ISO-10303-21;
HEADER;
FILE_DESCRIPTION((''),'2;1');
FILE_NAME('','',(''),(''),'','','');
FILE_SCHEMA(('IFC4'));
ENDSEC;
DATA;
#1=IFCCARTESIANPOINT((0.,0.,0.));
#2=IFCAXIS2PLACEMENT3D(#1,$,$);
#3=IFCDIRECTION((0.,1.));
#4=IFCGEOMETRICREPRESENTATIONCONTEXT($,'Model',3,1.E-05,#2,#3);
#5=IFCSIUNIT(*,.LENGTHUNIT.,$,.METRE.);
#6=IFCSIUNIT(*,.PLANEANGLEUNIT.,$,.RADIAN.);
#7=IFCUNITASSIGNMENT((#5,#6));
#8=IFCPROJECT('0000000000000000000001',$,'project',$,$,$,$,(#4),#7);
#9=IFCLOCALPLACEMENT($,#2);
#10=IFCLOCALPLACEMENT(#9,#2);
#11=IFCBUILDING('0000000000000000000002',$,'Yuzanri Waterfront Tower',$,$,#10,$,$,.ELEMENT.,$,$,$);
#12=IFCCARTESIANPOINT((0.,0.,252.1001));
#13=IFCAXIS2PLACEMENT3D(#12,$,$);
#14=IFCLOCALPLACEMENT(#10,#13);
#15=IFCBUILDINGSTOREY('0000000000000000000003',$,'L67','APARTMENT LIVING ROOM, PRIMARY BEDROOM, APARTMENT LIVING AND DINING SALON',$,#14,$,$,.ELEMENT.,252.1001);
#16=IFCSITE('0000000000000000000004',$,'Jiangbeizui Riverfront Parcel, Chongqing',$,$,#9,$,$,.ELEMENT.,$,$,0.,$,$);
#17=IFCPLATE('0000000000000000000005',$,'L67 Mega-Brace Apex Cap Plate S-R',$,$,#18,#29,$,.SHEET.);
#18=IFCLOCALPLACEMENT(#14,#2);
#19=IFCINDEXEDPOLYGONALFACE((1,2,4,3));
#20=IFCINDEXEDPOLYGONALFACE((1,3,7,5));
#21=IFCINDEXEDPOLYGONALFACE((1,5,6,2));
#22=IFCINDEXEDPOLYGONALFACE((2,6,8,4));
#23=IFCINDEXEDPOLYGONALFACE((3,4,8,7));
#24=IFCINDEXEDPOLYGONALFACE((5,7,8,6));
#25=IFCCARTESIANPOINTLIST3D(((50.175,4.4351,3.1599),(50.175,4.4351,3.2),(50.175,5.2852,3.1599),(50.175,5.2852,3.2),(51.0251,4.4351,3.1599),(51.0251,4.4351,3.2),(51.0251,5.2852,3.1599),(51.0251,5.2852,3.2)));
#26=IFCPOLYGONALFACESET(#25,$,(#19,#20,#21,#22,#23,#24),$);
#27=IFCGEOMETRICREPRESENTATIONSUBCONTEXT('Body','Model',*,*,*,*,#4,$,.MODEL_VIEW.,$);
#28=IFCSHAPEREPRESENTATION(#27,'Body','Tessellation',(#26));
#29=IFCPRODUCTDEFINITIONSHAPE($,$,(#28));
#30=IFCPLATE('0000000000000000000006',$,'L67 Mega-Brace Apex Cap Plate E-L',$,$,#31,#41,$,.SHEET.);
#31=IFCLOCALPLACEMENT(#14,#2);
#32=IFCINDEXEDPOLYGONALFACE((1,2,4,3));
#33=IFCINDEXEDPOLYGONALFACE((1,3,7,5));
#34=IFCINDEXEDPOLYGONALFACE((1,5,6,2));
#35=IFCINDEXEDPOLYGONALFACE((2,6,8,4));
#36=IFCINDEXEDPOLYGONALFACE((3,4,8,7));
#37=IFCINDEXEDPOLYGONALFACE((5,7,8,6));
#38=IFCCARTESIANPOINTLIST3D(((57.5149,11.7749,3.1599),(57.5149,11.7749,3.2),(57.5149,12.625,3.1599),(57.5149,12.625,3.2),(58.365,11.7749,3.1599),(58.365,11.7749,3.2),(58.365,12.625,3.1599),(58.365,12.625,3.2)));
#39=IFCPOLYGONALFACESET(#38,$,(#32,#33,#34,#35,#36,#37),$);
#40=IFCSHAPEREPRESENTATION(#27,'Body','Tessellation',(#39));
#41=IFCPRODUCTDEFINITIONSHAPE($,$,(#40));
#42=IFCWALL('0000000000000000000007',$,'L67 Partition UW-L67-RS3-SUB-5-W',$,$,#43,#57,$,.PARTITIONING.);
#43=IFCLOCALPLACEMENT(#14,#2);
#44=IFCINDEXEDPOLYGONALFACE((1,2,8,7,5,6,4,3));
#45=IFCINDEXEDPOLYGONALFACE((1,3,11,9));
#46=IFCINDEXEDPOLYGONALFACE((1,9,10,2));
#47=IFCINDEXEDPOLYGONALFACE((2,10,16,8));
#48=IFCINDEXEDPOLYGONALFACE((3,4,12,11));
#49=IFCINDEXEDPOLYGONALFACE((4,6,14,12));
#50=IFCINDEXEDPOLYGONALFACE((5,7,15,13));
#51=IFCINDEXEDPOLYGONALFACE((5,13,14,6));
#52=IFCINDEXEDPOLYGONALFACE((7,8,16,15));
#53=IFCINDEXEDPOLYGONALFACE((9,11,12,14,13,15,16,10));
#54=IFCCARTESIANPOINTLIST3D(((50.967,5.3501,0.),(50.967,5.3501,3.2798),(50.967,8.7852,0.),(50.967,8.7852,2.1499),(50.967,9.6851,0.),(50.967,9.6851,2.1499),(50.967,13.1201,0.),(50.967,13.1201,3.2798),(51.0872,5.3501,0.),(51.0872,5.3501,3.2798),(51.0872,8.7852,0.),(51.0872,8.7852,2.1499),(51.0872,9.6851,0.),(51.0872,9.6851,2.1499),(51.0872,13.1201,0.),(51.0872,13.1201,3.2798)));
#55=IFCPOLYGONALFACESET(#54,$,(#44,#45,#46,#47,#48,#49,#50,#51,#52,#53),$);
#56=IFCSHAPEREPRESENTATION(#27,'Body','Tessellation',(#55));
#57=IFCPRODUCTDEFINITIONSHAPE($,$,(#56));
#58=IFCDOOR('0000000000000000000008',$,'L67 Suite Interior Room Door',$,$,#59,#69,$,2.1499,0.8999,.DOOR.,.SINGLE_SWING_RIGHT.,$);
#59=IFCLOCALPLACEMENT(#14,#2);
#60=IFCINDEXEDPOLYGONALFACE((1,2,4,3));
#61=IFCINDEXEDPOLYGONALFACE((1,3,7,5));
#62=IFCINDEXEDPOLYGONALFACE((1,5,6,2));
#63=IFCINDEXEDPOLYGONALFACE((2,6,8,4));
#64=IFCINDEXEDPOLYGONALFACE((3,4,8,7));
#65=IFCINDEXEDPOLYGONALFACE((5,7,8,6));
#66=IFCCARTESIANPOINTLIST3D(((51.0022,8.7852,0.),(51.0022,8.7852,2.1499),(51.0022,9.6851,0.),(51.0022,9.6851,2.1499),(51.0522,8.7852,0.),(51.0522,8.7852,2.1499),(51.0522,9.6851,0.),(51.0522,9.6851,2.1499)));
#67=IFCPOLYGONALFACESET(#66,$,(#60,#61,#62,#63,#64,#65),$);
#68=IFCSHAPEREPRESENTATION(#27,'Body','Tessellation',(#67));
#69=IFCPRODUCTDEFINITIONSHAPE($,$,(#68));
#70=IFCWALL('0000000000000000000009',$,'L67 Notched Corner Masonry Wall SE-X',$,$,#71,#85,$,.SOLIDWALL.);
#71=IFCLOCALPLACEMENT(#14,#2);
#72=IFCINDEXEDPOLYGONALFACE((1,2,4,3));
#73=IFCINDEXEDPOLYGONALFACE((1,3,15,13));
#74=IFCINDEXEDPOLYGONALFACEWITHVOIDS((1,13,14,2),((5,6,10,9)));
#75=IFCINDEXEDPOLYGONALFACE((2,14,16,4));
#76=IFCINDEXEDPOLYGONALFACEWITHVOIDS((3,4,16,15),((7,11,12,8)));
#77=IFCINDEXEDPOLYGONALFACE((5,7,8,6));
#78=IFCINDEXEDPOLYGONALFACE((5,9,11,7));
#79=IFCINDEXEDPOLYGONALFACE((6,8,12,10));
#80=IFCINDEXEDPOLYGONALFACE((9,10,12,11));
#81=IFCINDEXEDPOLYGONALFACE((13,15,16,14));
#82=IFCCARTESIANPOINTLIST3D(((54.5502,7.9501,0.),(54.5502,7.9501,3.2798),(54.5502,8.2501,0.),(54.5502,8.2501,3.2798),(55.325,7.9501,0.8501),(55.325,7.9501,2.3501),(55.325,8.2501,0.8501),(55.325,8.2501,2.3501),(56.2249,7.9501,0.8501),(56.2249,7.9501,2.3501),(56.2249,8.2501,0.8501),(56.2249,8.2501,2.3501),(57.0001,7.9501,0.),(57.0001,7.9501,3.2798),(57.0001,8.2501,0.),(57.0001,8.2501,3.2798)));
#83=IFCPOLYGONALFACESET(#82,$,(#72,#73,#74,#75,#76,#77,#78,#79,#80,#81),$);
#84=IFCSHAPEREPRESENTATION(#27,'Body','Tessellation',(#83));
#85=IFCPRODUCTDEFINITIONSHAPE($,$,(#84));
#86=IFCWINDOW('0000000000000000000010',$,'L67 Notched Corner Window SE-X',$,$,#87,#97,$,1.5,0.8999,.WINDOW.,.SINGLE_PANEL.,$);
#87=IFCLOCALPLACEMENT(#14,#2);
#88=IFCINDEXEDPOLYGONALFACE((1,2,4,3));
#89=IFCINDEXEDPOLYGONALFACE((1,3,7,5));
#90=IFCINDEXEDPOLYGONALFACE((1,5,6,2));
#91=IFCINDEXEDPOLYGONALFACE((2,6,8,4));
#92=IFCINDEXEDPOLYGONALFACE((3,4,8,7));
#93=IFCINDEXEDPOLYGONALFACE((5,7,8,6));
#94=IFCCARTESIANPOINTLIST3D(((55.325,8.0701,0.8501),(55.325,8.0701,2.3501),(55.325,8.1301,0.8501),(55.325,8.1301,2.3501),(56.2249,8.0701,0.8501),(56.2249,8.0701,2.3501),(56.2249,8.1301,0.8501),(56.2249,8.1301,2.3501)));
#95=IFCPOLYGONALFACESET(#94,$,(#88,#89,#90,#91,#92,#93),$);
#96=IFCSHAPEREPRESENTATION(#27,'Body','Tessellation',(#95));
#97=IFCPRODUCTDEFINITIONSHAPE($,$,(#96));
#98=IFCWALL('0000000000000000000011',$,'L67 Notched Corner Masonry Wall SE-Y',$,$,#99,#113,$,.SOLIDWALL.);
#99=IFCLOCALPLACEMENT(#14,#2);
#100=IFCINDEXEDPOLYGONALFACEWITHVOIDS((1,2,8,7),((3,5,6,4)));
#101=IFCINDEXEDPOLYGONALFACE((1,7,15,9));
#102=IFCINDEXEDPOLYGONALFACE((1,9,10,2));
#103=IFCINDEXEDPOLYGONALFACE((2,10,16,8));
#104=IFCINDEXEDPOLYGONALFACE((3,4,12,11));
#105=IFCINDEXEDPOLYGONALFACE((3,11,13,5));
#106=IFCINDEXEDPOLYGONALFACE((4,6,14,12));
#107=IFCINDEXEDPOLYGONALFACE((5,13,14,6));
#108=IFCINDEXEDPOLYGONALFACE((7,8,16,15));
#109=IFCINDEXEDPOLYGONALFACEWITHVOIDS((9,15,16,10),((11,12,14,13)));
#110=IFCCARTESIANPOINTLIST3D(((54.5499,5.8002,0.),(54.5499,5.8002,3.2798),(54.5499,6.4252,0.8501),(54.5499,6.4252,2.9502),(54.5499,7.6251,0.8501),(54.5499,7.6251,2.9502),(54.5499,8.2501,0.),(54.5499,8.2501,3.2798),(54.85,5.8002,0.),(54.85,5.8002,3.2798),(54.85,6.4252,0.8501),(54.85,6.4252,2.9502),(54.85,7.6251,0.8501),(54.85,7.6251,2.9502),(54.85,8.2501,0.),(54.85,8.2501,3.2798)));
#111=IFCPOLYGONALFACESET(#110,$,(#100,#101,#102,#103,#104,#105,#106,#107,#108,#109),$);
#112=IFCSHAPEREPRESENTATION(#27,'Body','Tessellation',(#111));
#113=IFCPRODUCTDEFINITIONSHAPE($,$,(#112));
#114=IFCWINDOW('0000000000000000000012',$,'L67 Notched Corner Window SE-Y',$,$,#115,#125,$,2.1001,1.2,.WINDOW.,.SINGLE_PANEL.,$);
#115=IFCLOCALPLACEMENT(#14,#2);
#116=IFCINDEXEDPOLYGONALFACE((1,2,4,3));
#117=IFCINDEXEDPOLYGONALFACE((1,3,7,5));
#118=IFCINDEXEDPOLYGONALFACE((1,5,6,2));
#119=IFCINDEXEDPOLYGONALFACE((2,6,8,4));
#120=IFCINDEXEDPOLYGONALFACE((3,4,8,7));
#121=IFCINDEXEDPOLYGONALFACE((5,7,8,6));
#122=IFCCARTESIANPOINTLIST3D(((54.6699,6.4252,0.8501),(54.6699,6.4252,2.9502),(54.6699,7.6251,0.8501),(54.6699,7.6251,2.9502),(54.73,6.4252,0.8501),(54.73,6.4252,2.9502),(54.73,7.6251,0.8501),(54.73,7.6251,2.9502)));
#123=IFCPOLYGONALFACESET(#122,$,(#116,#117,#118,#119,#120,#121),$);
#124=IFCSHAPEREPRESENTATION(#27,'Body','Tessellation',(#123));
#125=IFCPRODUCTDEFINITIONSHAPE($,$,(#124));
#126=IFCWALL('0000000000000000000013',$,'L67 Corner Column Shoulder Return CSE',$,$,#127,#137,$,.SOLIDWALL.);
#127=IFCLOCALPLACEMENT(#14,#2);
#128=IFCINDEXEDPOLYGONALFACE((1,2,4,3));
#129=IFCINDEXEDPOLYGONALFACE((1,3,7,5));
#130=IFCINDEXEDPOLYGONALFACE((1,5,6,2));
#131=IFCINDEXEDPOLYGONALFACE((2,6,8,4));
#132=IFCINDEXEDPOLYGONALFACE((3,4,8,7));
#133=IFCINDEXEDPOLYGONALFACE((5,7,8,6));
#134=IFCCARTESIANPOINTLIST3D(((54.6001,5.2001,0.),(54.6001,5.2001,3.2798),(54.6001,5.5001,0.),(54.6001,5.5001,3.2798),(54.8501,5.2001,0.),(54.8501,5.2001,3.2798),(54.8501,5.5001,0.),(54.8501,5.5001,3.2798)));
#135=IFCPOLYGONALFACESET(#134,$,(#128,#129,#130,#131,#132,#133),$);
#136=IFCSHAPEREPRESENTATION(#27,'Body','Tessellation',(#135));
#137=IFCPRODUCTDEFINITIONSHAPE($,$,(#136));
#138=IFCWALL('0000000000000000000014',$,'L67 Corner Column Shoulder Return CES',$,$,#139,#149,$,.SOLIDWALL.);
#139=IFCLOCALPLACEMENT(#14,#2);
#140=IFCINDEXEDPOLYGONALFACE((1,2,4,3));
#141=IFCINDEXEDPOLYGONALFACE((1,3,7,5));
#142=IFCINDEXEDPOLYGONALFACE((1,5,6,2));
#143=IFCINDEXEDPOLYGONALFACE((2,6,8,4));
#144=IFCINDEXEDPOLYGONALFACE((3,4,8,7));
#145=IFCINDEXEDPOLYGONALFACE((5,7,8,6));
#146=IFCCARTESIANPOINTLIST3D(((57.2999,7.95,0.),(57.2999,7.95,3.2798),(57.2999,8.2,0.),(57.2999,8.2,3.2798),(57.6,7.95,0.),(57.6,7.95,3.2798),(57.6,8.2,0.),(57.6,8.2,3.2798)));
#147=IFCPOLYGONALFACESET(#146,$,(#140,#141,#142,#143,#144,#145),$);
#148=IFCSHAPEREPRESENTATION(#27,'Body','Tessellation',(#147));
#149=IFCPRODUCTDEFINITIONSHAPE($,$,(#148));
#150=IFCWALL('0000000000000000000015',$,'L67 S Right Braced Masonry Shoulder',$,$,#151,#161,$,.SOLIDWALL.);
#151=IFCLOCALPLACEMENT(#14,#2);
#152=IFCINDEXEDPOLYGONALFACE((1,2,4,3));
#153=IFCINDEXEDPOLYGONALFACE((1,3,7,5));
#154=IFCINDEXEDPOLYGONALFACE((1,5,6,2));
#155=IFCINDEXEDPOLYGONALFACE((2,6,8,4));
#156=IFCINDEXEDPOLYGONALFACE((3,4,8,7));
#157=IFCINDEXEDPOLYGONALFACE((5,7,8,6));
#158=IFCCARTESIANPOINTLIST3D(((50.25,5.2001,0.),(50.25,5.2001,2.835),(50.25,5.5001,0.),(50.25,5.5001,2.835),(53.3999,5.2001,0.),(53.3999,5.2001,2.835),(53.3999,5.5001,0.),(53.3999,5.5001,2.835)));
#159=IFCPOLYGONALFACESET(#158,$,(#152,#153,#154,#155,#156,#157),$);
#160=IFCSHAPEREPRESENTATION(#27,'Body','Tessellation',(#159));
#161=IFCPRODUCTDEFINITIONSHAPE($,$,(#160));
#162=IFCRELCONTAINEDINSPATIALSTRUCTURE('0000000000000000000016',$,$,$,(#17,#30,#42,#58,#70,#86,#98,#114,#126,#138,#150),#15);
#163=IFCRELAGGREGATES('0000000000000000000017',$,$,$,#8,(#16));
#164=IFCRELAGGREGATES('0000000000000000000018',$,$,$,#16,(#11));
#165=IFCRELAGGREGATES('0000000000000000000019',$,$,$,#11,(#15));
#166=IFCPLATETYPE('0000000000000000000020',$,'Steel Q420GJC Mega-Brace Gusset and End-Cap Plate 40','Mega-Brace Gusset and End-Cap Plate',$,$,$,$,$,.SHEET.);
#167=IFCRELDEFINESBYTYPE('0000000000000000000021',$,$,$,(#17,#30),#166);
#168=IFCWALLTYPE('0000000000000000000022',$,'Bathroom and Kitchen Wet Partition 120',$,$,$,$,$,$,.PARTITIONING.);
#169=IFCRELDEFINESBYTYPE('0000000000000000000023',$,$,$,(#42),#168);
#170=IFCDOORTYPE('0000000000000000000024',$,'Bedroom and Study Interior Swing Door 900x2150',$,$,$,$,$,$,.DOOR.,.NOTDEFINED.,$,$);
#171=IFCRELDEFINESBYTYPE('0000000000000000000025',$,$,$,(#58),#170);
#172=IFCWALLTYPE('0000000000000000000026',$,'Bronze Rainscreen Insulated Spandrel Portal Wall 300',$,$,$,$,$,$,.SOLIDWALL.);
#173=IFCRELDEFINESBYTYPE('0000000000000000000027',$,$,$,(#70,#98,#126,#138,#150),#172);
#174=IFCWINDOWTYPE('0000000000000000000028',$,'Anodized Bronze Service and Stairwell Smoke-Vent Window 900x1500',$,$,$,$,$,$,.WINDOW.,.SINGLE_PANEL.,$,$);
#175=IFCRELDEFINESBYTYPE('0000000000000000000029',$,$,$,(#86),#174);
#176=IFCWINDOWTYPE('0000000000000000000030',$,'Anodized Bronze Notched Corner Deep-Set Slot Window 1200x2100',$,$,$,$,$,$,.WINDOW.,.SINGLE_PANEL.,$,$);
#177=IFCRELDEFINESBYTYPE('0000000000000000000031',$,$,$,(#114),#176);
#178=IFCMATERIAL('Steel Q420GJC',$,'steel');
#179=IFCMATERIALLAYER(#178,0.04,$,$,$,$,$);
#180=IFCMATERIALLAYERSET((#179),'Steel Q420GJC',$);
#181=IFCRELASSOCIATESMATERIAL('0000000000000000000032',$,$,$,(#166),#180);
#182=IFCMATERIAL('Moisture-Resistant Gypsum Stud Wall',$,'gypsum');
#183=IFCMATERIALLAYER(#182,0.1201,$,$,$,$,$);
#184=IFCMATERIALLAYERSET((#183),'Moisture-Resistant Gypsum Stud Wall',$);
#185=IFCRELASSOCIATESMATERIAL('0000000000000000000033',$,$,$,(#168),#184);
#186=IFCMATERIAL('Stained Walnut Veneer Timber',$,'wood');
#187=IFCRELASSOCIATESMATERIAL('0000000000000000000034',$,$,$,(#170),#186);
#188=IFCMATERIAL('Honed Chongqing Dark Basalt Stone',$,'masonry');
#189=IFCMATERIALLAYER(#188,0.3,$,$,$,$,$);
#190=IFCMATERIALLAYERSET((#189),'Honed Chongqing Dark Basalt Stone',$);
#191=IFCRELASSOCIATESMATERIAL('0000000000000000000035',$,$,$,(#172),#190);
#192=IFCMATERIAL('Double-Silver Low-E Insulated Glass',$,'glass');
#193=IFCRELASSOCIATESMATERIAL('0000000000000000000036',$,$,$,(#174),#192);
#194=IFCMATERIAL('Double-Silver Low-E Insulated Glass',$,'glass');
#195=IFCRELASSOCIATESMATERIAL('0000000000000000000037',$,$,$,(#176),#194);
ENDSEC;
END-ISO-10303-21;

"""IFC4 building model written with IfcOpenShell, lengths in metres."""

from ifc_helpers import new_model, si_unit, direction, frame, frame_2d, origin, origin_2d, place, context, subcontext, project, spatial, rectangle, extrude, source, transform, mapped, material, layer, layer_set, type_object, element, fill, save


model = new_model("IFC4")

# Units and contexts
model_context = context("Model", 3, precision=1e-05, world=origin(), true_north=direction((0.0, 1.0)))
body_context = subcontext(model_context, "Body", "Model", "MODEL_VIEW")
ifc_project = project(units=[si_unit("LENGTHUNIT", "METRE"), si_unit("PLANEANGLEUNIT", "RADIAN")], contexts=[model_context])

# Site, building, storey
site_placement = place(None, origin())
site = spatial("IfcSite", under=ifc_project, at=site_placement, Name="Jiangbeizui Riverfront Parcel, Chongqing", CompositionType="ELEMENT", RefElevation=0.0)
building_placement = place(site_placement, origin())
building = spatial("IfcBuilding", under=site, at=building_placement, Name="Yuzanri Waterfront Tower", CompositionType="ELEMENT")
storey_placement = place(building_placement, frame((0.0, 0.0, 252.1001)))
storey = spatial("IfcBuildingStorey", under=building, at=storey_placement, Name="L67", Description="APARTMENT LIVING ROOM, PRIMARY BEDROOM, APARTMENT LIVING AND DINING SALON", CompositionType="ELEMENT", Elevation=252.1001)

# Plates
ifc_material_1 = material(Name="Steel Q420GJC", Category="steel")
ifc_layer_1 = layer(ifc_material_1, 0.04)
ifc_layer_set_1 = layer_set([ifc_layer_1], Name="Steel Q420GJC")
plate_type = type_object("IfcPlateType", Name="Steel Q420GJC Mega-Brace Gusset and End-Cap Plate 40", Description="Mega-Brace Gusset and End-Cap Plate", PredefinedType="SHEET", material=ifc_layer_set_1)
shared_shape_1 = source(origin(), body_context, "Body", "SweptSolid", [
    extrude(rectangle(XDim=0.8501, YDim=0.8501, at=origin_2d()), origin(), (0.0, 0.0, 1.0), 0.04),
])
for number, where, z_axis, x_axis, name in (
    (1, (50.6001, 4.8601, 3.1599), (0.0, 0.0, 1.0), (1.0, 0.0, 0.0), "L67 Mega-Brace Apex Cap Plate S-R"),
    (2, (57.9399, 12.2, 3.1599), (0.0, 0.0, 1.0), (1.0, 0.0, 0.0), "L67 Mega-Brace Apex Cap Plate E-L"),
):
    element("IfcPlate", number, at=place(storey_placement, frame(where, z_axis=z_axis, x_axis=x_axis)), inside=storey, type_object=plate_type, Name=name, PredefinedType="SHEET", context=body_context, shape_type="MappedRepresentation", body=[
        mapped(shared_shape_1, transform((0.0, 0.0, 0.0), scale=1.0)),
    ])

# Wall, opening, door
ifc_material_2 = material(Name="Moisture-Resistant Gypsum Stud Wall", Category="gypsum")
ifc_layer_2 = layer(ifc_material_2, 0.1201)
ifc_layer_set_2 = layer_set([ifc_layer_2], Name="Moisture-Resistant Gypsum Stud Wall")
wall_type_1 = type_object("IfcWallType", Name="Bathroom and Kitchen Wet Partition 120", PredefinedType="PARTITIONING", material=ifc_layer_set_2)
wall_1_placement = place(storey_placement, frame((51.0271, 5.3501, 0.0), z_axis=(0.0, 0.0, 1.0), x_axis=(0.0, 1.0, 0.0)))
wall_1 = element("IfcWall", 3, at=wall_1_placement, inside=storey, type_object=wall_type_1, Name="L67 Partition UW-L67-RS3-SUB-5-W", PredefinedType="PARTITIONING", context=body_context, shape_type="SweptSolid", body=[
    extrude(rectangle(XDim=7.77, YDim=0.1201, at=frame_2d((3.885, 0.0))), origin(), (0.0, 0.0, 1.0), 3.2798),
])
opening_1_placement = place(wall_1_placement, frame((3.4351, 0.0, 0.0)))
opening_1 = element("IfcOpeningElement", 4, at=opening_1_placement, cuts=wall_1, PredefinedType="OPENING", context=body_context, shape_type="SweptSolid", body=[
    extrude(rectangle(XDim=0.8999, YDim=2.1499, at=frame_2d((0.45, 1.075))), frame((0.0, 0.075, 0.0), z_axis=(0.0, -1.0, 0.0), x_axis=(1.0, 0.0, 0.0)), (0.0, 0.0, 1.0), 0.1499),
])
ifc_material_3 = material(Name="Stained Walnut Veneer Timber", Category="wood")
door_type = type_object("IfcDoorType", Name="Bedroom and Study Interior Swing Door 900x2150", OperationType="NOTDEFINED", PredefinedType="DOOR", material=ifc_material_3)
shared_shape_2 = source(origin(), body_context, "Body", "SweptSolid", [
    extrude(rectangle(XDim=0.8999, YDim=2.1499, at=frame_2d((0.45, 1.075))), frame((0.0, 0.0249, 0.0), z_axis=(0.0, -1.0, 0.0), x_axis=(1.0, 0.0, 0.0)), (0.0, 0.0, 1.0), 0.05),
])
door_placement = place(opening_1_placement, origin())
door = element("IfcDoor", 5, at=door_placement, inside=storey, type_object=door_type, Name="L67 Suite Interior Room Door", OperationType="SINGLE_SWING_RIGHT", OverallHeight=2.1499, OverallWidth=0.8999, PredefinedType="DOOR", context=body_context, shape_type="MappedRepresentation", body=[
    mapped(shared_shape_2, transform((0.0, 0.0, 0.0), scale=1.0)),
])
fill(opening_1, door)

# Walls, openings, windows
ifc_material_4 = material(Name="Honed Chongqing Dark Basalt Stone", Category="masonry")
ifc_layer_3 = layer(ifc_material_4, 0.3)
ifc_layer_set_3 = layer_set([ifc_layer_3], Name="Honed Chongqing Dark Basalt Stone")
wall_type_2 = type_object("IfcWallType", Name="Bronze Rainscreen Insulated Spandrel Portal Wall 300", PredefinedType="SOLIDWALL", material=ifc_layer_set_3)
wall_2_placement = place(storey_placement, frame((54.55, 8.1001, 0.0), z_axis=(0.0, 0.0, 1.0), x_axis=(1.0, 0.0, 0.0)))
wall_2 = element("IfcWall", 6, at=wall_2_placement, inside=storey, type_object=wall_type_2, Name="L67 Notched Corner Masonry Wall SE-X", PredefinedType="SOLIDWALL", context=body_context, shape_type="SweptSolid", body=[
    extrude(rectangle(XDim=2.45, YDim=0.3, at=frame_2d((1.2251, 0.0))), origin(), (0.0, 0.0, 1.0), 3.2798),
])
opening_2_placement = place(wall_2_placement, frame((0.7749, 0.0, 0.8501)))
opening_2 = element("IfcOpeningElement", 7, at=opening_2_placement, cuts=wall_2, PredefinedType="OPENING", context=body_context, shape_type="SweptSolid", body=[
    extrude(rectangle(XDim=0.8999, YDim=1.5, at=frame_2d((0.45, 0.75))), frame((0.0, 0.165, 0.0), z_axis=(0.0, -1.0, 0.0), x_axis=(1.0, 0.0, 0.0)), (0.0, 0.0, 1.0), 0.3298),
])
ifc_material_5 = material(Name="Double-Silver Low-E Insulated Glass", Category="glass")
window_type_1 = type_object("IfcWindowType", Name="Anodized Bronze Service and Stairwell Smoke-Vent Window 900x1500", PartitioningType="SINGLE_PANEL", PredefinedType="WINDOW", material=ifc_material_5)
shared_shape_3 = source(origin(), body_context, "Body", "SweptSolid", [
    extrude(rectangle(XDim=0.8999, YDim=1.5, at=frame_2d((0.45, 0.75))), frame((0.0, 0.03, 0.0), z_axis=(0.0, -1.0, 0.0), x_axis=(1.0, 0.0, 0.0)), (0.0, 0.0, 1.0), 0.0601),
])
window_1_placement = place(opening_2_placement, origin())
window_1 = element("IfcWindow", 8, at=window_1_placement, inside=storey, type_object=window_type_1, Name="L67 Notched Corner Window SE-X", OverallHeight=1.5, OverallWidth=0.8999, PartitioningType="SINGLE_PANEL", PredefinedType="WINDOW", context=body_context, shape_type="MappedRepresentation", body=[
    mapped(shared_shape_3, transform((0.0, 0.0, 0.0), scale=1.0)),
])
fill(opening_2, window_1)
wall_3_placement = place(storey_placement, frame((54.7, 5.8, 0.0), z_axis=(0.0, 0.0, 1.0), x_axis=(0.0, 1.0, 0.0)))
wall_3 = element("IfcWall", 9, at=wall_3_placement, inside=storey, type_object=wall_type_2, Name="L67 Notched Corner Masonry Wall SE-Y", PredefinedType="SOLIDWALL", context=body_context, shape_type="SweptSolid", body=[
    extrude(rectangle(XDim=2.45, YDim=0.3, at=frame_2d((1.2251, 0.0))), origin(), (0.0, 0.0, 1.0), 3.2798),
])
opening_3_placement = place(wall_3_placement, frame((0.625, 0.0, 0.8501)))
opening_3 = element("IfcOpeningElement", 10, at=opening_3_placement, cuts=wall_3, PredefinedType="OPENING", context=body_context, shape_type="SweptSolid", body=[
    extrude(rectangle(XDim=1.2, YDim=2.1001, at=frame_2d((0.6001, 1.05))), frame((0.0, 0.165, 0.0), z_axis=(0.0, -1.0, 0.0), x_axis=(1.0, 0.0, 0.0)), (0.0, 0.0, 1.0), 0.3298),
])
ifc_material_6 = material(Name="Double-Silver Low-E Insulated Glass", Category="glass")
window_type_2 = type_object("IfcWindowType", Name="Anodized Bronze Notched Corner Deep-Set Slot Window 1200x2100", PartitioningType="SINGLE_PANEL", PredefinedType="WINDOW", material=ifc_material_6)
shared_shape_4 = source(origin(), body_context, "Body", "SweptSolid", [
    extrude(rectangle(XDim=1.2, YDim=2.1001, at=frame_2d((0.6001, 1.05))), frame((0.0, 0.03, 0.0), z_axis=(0.0, -1.0, 0.0), x_axis=(1.0, 0.0, 0.0)), (0.0, 0.0, 1.0), 0.0601),
])
window_2_placement = place(opening_3_placement, origin())
window_2 = element("IfcWindow", 11, at=window_2_placement, inside=storey, type_object=window_type_2, Name="L67 Notched Corner Window SE-Y", OverallHeight=2.1001, OverallWidth=1.2, PartitioningType="SINGLE_PANEL", PredefinedType="WINDOW", context=body_context, shape_type="MappedRepresentation", body=[
    mapped(shared_shape_4, transform((0.0, 0.0, 0.0), scale=1.0)),
])
fill(opening_3, window_2)

# Walls
shared_shape_5 = source(origin(), body_context, "Body", "SweptSolid", [
    extrude(rectangle(XDim=0.25, YDim=0.3, at=frame_2d((0.125, 0.0))), origin(), (0.0, 0.0, 1.0), 3.2798),
])
for number, where, z_axis, x_axis, name in (
    (12, (54.6001, 5.3501, 0.0), (0.0, 0.0, 1.0), (1.0, 0.0, 0.0), "L67 Corner Column Shoulder Return CSE"),
    (13, (57.45, 7.95, 0.0), (0.0, 0.0, 1.0), (0.0, 1.0, 0.0), "L67 Corner Column Shoulder Return CES"),
):
    element("IfcWall", number, at=place(storey_placement, frame(where, z_axis=z_axis, x_axis=x_axis)), inside=storey, type_object=wall_type_2, Name=name, PredefinedType="SOLIDWALL", context=body_context, shape_type="MappedRepresentation", body=[
        mapped(shared_shape_5, transform((0.0, 0.0, 0.0), scale=1.0)),
    ])
shared_shape_6 = source(origin(), body_context, "Body", "SweptSolid", [
    extrude(rectangle(XDim=3.1499, YDim=0.3, at=frame_2d((1.575, 0.0))), origin(), (0.0, 0.0, 1.0), 2.835),
])
wall_4_placement = place(storey_placement, frame((50.25, 5.3501, 0.0), z_axis=(0.0, 0.0, 1.0), x_axis=(1.0, 0.0, 0.0)))
element("IfcWall", 14, at=wall_4_placement, inside=storey, type_object=wall_type_2, Name="L67 S Right Braced Masonry Shoulder", PredefinedType="SOLIDWALL", context=body_context, shape_type="MappedRepresentation", body=[
    mapped(shared_shape_6, transform((0.0, 0.0, 0.0), scale=1.0)),
])

save(model, "model.ifc")
